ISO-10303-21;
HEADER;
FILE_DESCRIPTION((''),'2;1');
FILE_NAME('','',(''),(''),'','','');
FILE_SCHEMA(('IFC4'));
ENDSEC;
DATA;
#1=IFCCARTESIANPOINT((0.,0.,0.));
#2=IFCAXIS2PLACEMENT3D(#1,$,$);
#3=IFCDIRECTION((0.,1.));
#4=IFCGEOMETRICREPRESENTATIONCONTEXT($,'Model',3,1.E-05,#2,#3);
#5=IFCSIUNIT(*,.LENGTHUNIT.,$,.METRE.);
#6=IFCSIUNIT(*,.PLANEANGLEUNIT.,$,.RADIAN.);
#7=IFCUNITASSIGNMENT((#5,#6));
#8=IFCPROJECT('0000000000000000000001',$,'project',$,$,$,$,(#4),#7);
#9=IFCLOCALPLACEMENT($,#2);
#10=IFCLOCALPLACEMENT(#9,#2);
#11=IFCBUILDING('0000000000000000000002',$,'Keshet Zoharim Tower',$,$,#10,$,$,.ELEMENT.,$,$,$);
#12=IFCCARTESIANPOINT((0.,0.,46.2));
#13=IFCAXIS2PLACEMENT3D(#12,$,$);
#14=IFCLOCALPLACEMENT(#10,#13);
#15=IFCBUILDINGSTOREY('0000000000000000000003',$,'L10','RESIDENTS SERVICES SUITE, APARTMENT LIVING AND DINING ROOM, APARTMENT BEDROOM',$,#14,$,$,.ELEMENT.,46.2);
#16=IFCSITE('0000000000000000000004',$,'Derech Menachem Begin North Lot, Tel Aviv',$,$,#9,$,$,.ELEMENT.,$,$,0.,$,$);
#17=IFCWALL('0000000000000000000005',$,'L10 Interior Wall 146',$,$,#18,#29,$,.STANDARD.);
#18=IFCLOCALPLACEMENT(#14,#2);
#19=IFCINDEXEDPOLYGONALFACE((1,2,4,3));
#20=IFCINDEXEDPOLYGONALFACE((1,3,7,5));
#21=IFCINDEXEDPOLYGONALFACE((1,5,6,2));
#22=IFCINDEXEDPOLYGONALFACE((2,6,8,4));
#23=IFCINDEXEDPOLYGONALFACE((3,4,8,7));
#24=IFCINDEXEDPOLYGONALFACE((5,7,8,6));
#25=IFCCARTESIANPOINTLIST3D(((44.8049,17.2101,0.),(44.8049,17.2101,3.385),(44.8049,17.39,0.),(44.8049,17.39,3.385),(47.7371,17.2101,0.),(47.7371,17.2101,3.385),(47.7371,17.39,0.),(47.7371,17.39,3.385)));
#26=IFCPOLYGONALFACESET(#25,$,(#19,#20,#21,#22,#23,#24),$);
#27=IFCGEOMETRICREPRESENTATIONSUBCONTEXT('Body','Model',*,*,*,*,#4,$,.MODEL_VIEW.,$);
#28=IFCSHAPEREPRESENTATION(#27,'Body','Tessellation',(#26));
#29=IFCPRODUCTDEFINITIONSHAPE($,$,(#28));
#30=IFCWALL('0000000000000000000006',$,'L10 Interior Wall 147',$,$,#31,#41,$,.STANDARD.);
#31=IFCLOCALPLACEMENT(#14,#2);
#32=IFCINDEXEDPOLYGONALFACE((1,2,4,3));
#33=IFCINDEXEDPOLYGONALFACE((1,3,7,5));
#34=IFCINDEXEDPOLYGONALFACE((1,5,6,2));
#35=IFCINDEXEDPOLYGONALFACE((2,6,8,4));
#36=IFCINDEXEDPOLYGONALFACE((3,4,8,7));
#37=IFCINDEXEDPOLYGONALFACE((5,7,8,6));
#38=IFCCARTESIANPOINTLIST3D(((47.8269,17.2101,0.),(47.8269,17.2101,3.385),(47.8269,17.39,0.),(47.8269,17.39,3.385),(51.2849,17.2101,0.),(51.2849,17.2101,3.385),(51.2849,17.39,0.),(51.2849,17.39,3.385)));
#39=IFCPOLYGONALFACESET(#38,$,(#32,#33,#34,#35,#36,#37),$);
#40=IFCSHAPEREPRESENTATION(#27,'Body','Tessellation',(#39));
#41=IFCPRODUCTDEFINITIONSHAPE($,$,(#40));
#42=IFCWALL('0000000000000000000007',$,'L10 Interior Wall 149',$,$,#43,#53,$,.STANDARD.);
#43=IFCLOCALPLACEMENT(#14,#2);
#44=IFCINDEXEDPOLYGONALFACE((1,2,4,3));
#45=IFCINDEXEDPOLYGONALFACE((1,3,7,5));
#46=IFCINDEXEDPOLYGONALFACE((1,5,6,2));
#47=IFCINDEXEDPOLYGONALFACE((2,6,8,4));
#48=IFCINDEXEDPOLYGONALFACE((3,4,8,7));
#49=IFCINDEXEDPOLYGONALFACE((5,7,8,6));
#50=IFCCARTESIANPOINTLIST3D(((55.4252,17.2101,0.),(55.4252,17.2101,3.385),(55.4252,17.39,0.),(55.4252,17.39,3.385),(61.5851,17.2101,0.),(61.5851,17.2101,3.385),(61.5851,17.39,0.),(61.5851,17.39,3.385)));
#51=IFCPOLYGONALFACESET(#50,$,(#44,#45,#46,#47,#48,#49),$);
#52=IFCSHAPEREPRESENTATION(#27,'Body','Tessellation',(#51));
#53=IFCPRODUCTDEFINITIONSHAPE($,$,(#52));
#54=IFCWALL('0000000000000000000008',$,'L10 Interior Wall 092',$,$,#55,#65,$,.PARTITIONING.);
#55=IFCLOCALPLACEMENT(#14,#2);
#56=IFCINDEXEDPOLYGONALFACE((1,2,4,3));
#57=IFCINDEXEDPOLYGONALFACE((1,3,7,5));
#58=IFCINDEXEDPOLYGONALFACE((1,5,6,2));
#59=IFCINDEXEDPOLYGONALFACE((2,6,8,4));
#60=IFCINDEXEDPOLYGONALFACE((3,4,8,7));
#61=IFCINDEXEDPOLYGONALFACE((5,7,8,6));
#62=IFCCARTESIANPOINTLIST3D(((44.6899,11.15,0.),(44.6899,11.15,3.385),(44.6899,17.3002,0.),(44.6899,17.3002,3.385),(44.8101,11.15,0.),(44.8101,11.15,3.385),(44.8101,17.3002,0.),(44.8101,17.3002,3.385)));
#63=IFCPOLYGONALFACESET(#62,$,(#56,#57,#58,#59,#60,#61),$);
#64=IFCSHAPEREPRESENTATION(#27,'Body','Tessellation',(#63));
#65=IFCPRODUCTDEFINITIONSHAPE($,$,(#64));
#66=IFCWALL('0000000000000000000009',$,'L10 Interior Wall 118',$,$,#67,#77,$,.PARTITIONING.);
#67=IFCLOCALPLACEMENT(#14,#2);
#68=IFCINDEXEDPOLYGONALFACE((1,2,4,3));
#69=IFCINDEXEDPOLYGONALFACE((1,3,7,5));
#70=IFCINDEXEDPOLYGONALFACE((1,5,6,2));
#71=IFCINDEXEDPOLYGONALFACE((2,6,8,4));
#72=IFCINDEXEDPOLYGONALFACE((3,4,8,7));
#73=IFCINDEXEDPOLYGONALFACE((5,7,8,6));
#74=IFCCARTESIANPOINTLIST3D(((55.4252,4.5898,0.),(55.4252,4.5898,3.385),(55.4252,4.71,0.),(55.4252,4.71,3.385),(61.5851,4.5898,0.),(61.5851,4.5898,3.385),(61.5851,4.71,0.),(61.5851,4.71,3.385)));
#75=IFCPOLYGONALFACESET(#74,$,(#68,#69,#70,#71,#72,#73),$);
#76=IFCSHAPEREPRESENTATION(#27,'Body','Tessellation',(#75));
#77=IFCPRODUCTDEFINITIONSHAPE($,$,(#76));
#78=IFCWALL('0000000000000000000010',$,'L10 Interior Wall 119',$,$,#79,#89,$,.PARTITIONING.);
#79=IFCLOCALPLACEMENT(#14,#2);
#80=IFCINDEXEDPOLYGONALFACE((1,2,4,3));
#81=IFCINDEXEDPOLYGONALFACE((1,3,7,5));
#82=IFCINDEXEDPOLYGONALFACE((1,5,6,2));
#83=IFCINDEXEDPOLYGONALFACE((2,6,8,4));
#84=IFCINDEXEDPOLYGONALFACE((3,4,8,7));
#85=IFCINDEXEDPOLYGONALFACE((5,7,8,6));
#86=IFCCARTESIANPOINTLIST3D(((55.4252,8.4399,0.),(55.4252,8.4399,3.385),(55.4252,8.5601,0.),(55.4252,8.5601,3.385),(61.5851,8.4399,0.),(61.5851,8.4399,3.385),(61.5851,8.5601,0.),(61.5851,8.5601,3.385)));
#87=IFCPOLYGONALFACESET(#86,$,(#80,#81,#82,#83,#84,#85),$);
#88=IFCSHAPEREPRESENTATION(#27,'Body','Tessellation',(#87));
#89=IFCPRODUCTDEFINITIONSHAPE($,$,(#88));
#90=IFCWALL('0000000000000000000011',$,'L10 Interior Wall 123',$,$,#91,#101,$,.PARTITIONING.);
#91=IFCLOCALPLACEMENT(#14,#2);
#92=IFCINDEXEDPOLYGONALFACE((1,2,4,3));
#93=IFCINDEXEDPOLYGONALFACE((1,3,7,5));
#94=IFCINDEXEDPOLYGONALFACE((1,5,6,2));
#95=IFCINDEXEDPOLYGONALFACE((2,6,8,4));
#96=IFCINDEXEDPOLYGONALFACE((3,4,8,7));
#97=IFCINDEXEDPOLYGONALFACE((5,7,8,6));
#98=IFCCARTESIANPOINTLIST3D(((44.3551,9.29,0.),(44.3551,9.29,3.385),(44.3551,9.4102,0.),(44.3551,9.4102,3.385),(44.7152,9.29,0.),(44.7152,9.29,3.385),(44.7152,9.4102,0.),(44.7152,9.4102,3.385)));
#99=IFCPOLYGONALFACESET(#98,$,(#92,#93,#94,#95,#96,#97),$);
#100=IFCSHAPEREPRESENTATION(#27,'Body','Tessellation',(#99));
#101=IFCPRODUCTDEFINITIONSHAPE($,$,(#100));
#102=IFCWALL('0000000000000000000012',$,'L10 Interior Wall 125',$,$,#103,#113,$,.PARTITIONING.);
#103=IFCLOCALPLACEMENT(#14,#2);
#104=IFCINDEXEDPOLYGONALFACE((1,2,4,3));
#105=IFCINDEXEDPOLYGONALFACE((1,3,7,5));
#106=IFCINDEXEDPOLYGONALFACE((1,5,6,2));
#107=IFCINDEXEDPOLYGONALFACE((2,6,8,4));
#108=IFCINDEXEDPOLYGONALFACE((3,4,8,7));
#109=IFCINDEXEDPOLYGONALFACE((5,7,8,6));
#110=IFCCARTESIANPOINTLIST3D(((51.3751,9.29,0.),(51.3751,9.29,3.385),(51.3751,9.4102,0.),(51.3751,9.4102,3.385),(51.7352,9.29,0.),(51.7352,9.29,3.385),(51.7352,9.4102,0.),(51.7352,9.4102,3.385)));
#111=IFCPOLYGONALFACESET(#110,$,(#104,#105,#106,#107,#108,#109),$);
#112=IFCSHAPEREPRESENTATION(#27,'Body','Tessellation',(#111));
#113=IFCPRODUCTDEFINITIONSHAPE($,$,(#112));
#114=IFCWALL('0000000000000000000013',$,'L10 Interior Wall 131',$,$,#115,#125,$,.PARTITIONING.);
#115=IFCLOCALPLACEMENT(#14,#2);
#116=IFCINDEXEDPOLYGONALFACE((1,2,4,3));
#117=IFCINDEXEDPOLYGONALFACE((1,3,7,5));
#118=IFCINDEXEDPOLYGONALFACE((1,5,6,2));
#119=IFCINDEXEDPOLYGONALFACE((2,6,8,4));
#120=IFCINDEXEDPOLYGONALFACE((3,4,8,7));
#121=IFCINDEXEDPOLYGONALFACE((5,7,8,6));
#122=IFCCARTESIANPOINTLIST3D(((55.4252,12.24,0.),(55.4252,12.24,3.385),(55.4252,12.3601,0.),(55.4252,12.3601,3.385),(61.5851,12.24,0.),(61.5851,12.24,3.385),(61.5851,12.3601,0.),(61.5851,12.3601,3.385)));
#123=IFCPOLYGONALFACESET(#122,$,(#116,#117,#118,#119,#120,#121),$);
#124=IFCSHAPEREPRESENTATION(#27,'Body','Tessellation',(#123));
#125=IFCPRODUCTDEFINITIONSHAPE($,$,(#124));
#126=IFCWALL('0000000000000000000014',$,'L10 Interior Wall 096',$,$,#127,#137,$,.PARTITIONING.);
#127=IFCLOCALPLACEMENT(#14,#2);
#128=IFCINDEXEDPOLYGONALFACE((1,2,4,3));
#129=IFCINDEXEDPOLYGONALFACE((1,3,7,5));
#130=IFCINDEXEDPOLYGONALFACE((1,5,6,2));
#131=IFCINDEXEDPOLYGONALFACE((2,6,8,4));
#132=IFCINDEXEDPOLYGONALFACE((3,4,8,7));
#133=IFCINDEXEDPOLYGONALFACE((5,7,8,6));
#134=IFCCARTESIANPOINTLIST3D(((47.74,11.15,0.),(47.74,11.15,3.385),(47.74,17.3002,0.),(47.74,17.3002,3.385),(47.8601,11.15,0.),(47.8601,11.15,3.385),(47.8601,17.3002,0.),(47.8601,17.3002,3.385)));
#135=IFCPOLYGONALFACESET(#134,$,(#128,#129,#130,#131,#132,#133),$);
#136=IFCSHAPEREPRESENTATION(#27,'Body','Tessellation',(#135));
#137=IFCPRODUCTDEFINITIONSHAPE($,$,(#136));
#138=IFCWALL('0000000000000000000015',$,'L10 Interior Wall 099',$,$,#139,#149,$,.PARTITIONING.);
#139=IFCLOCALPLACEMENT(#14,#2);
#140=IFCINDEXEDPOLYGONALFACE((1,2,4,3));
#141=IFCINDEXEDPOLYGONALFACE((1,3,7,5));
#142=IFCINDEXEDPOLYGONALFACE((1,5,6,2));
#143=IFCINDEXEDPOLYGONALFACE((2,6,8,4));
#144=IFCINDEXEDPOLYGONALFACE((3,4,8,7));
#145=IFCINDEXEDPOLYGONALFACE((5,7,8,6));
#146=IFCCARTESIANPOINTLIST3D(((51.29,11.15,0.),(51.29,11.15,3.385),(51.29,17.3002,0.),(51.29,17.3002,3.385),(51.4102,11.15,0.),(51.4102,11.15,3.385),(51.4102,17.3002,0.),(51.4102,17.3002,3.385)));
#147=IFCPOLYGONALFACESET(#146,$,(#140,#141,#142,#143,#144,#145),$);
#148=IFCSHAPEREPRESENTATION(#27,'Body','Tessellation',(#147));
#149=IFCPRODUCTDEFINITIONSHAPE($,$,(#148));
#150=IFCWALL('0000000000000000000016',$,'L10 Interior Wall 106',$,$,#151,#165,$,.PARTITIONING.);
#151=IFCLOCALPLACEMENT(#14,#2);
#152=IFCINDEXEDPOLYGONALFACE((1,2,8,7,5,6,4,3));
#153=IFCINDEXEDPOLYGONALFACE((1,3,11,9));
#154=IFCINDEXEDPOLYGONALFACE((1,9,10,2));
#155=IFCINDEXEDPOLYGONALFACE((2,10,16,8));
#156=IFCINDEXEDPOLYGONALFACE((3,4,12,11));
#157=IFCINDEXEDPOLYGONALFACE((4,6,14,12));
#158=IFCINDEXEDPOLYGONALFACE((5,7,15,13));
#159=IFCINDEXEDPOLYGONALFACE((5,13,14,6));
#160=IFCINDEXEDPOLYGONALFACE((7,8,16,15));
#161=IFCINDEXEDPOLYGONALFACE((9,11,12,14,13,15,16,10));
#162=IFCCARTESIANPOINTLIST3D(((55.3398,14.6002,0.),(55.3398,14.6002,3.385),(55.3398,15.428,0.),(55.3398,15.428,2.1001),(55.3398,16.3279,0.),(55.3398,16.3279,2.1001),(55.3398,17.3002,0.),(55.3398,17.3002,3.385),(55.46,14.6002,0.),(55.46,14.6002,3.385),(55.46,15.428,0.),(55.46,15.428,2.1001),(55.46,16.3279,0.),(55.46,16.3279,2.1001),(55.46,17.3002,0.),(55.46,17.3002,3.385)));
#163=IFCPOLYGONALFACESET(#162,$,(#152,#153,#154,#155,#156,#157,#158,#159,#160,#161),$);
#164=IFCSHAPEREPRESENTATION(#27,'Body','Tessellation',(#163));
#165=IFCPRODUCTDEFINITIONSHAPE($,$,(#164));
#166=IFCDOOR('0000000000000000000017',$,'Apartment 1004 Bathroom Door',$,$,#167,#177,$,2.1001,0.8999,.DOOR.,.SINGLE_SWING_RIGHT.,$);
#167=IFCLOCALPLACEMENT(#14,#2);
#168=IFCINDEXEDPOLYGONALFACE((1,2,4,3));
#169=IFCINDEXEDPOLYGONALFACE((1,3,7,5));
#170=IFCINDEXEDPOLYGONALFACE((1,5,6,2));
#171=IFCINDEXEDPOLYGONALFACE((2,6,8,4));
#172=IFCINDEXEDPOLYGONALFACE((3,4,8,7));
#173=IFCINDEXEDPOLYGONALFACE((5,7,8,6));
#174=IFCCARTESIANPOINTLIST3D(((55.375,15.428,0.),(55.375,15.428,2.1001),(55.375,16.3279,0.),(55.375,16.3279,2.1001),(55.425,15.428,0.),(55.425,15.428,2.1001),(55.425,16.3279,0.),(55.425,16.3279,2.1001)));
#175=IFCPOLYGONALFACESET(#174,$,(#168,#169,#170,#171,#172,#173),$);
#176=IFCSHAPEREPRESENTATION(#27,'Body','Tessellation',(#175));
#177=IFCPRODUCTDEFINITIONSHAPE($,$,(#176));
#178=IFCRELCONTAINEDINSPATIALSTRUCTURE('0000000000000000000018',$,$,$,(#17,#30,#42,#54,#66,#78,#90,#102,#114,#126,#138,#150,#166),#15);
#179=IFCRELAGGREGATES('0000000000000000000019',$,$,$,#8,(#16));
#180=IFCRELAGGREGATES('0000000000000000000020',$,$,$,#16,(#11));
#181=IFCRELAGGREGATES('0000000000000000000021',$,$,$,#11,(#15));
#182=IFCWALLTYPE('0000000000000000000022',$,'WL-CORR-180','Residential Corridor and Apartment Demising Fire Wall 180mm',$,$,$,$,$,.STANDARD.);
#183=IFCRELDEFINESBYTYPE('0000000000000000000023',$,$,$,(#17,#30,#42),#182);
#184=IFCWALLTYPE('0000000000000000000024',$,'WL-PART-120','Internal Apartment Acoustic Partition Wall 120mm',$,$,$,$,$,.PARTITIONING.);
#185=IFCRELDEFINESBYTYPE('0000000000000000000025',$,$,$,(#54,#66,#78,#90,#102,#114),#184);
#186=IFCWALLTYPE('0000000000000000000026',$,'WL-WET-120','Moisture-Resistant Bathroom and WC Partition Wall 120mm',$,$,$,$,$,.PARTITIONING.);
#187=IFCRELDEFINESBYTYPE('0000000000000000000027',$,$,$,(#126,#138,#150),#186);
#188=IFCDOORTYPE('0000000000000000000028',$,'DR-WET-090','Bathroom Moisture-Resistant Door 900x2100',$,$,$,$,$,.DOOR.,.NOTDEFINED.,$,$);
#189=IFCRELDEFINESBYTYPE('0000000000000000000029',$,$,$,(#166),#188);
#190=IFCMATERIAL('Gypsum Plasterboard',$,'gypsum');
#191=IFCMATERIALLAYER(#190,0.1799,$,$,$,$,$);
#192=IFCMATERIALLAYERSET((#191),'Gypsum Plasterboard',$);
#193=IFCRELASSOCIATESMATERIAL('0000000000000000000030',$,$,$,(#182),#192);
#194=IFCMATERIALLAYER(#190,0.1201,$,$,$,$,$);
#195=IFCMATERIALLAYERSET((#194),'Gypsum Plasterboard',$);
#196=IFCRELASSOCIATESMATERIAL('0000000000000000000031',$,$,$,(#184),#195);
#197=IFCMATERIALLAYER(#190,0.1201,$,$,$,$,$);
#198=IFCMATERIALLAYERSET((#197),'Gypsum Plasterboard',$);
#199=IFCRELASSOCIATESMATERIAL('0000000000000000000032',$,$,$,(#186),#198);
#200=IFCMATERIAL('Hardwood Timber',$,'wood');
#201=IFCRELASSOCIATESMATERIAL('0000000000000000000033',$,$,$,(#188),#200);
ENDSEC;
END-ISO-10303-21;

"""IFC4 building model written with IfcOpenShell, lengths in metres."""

from ifc_helpers import new_model, si_unit, direction, frame, frame_2d, origin, place, context, subcontext, project, spatial, rectangle, extrude, material, layer, layer_set, type_object, element, fill, save


model = new_model("IFC4")

# Units and contexts
model_context = context("Model", 3, precision=1e-05, world=origin(), true_north=direction((0.0, 1.0)))
body_context = subcontext(model_context, "Body", "Model", "MODEL_VIEW")
ifc_project = project(units=[si_unit("LENGTHUNIT", "METRE"), si_unit("PLANEANGLEUNIT", "RADIAN")], contexts=[model_context])

# Site, building, storey
site_placement = place(None, origin())
site = spatial("IfcSite", under=ifc_project, at=site_placement, Name="Derech Menachem Begin North Lot, Tel Aviv", CompositionType="ELEMENT", RefElevation=0.0)
building_placement = place(site_placement, origin())
building = spatial("IfcBuilding", under=site, at=building_placement, Name="Keshet Zoharim Tower", CompositionType="ELEMENT")
storey_placement = place(building_placement, frame((0.0, 0.0, 46.2)))
storey = spatial("IfcBuildingStorey", under=building, at=storey_placement, Name="L10", Description="RESIDENTS SERVICES SUITE, APARTMENT LIVING AND DINING ROOM, APARTMENT BEDROOM", CompositionType="ELEMENT", Elevation=46.2)

# Walls
ifc_material_1 = material(Name="Gypsum Plasterboard", Category="gypsum")
ifc_layer_1 = layer(ifc_material_1, 0.1799)
ifc_layer_set_1 = layer_set([ifc_layer_1], Name="Gypsum Plasterboard")
wall_type_1 = type_object("IfcWallType", Name="WL-CORR-180", Description="Residential Corridor and Apartment Demising Fire Wall 180mm", PredefinedType="STANDARD", material=ifc_layer_set_1)
wall_1_placement = place(storey_placement, frame((44.8049, 17.3, 0.0), z_axis=(0.0, 0.0, 1.0), x_axis=(1.0, 0.0, 0.0)))
element("IfcWall", 1, at=wall_1_placement, inside=storey, type_object=wall_type_1, Name="L10 Interior Wall 146", PredefinedType="STANDARD", context=body_context, shape_type="SweptSolid", body=[
    extrude(rectangle(XDim=2.9321, YDim=0.1799, at=frame_2d((1.4661, 0.0))), origin(), (0.0, 0.0, 1.0), 3.385),
])
wall_2_placement = place(storey_placement, frame((47.8269, 17.3, 0.0), z_axis=(0.0, 0.0, 1.0), x_axis=(1.0, 0.0, 0.0)))
element("IfcWall", 2, at=wall_2_placement, inside=storey, type_object=wall_type_1, Name="L10 Interior Wall 147", PredefinedType="STANDARD", context=body_context, shape_type="SweptSolid", body=[
    extrude(rectangle(XDim=3.458, YDim=0.1799, at=frame_2d((1.729, 0.0))), origin(), (0.0, 0.0, 1.0), 3.385),
])

# Shared definitions
ifc_material_2 = material(Name="Hardwood Timber", Category="wood")

# Walls
wall_3_placement = place(storey_placement, frame((55.425, 17.3, 0.0), z_axis=(0.0, 0.0, 1.0), x_axis=(1.0, 0.0, 0.0)))
element("IfcWall", 3, at=wall_3_placement, inside=storey, type_object=wall_type_1, Name="L10 Interior Wall 149", PredefinedType="STANDARD", context=body_context, shape_type="SweptSolid", body=[
    extrude(rectangle(XDim=6.1599, YDim=0.1799, at=frame_2d((3.0801, 0.0))), origin(), (0.0, 0.0, 1.0), 3.385),
])
ifc_layer_2 = layer(ifc_material_1, 0.1201)
ifc_layer_set_2 = layer_set([ifc_layer_2], Name="Gypsum Plasterboard")
wall_type_2 = type_object("IfcWallType", Name="WL-PART-120", Description="Internal Apartment Acoustic Partition Wall 120mm", PredefinedType="PARTITIONING", material=ifc_layer_set_2)
wall_4_placement = place(storey_placement, frame((44.75, 11.1499, 0.0), z_axis=(0.0, 0.0, 1.0), x_axis=(0.0, 1.0, 0.0)))
element("IfcWall", 4, at=wall_4_placement, inside=storey, type_object=wall_type_2, Name="L10 Interior Wall 092", PredefinedType="PARTITIONING", context=body_context, shape_type="SweptSolid", body=[
    extrude(rectangle(XDim=6.1501, YDim=0.1201, at=frame_2d((3.0752, 0.0))), origin(), (0.0, 0.0, 1.0), 3.385),
])

# Walls
for number, where, z_axis, x_axis, name in (
    (5, (55.425, 4.6499, 0.0), (0.0, 0.0, 1.0), (1.0, 0.0, 0.0), "L10 Interior Wall 118"),
    (6, (55.425, 8.5, 0.0), (0.0, 0.0, 1.0), (1.0, 0.0, 0.0), "L10 Interior Wall 119"),
):
    element("IfcWall", number, at=place(storey_placement, frame(where, z_axis=z_axis, x_axis=x_axis)), inside=storey, type_object=wall_type_2, Name=name, PredefinedType="PARTITIONING", context=body_context, shape_type="SweptSolid", body=[
        extrude(rectangle(XDim=6.1599, YDim=0.1201, at=frame_2d((3.0801, 0.0))), origin(), (0.0, 0.0, 1.0), 3.385),
    ])
wall_5_placement = place(storey_placement, frame((44.355, 9.3501, 0.0), z_axis=(0.0, 0.0, 1.0), x_axis=(1.0, 0.0, 0.0)))
element("IfcWall", 7, at=wall_5_placement, inside=storey, type_object=wall_type_2, Name="L10 Interior Wall 123", PredefinedType="PARTITIONING", context=body_context, shape_type="SweptSolid", body=[
    extrude(rectangle(XDim=0.3601, YDim=0.1201, at=frame_2d((0.1802, 0.0))), origin(), (0.0, 0.0, 1.0), 3.385),
])

# Wall
wall_6_placement = place(storey_placement, frame((51.375, 9.3501, 0.0), z_axis=(0.0, 0.0, 1.0), x_axis=(1.0, 0.0, 0.0)))
element("IfcWall", 8, at=wall_6_placement, inside=storey, type_object=wall_type_2, Name="L10 Interior Wall 125", PredefinedType="PARTITIONING", context=body_context, shape_type="SweptSolid", body=[
    extrude(rectangle(XDim=0.3601, YDim=0.1201, at=frame_2d((0.1802, 0.0))), origin(), (0.0, 0.0, 1.0), 3.385),
])

# Walls
wall_7_placement = place(storey_placement, frame((55.425, 12.3, 0.0), z_axis=(0.0, 0.0, 1.0), x_axis=(1.0, 0.0, 0.0)))
element("IfcWall", 9, at=wall_7_placement, inside=storey, type_object=wall_type_2, Name="L10 Interior Wall 131", PredefinedType="PARTITIONING", context=body_context, shape_type="SweptSolid", body=[
    extrude(rectangle(XDim=6.1599, YDim=0.1201, at=frame_2d((3.0801, 0.0))), origin(), (0.0, 0.0, 1.0), 3.385),
])
ifc_layer_3 = layer(ifc_material_1, 0.1201)
ifc_layer_set_3 = layer_set([ifc_layer_3], Name="Gypsum Plasterboard")
wall_type_3 = type_object("IfcWallType", Name="WL-WET-120", Description="Moisture-Resistant Bathroom and WC Partition Wall 120mm", PredefinedType="PARTITIONING", material=ifc_layer_set_3)
for number, where, z_axis, x_axis, name in (
    (10, (47.8, 11.1499, 0.0), (0.0, 0.0, 1.0), (0.0, 1.0, 0.0), "L10 Interior Wall 096"),
    (11, (51.3501, 11.1499, 0.0), (0.0, 0.0, 1.0), (0.0, 1.0, 0.0), "L10 Interior Wall 099"),
):
    element("IfcWall", number, at=place(storey_placement, frame(where, z_axis=z_axis, x_axis=x_axis)), inside=storey, type_object=wall_type_3, Name=name, PredefinedType="PARTITIONING", context=body_context, shape_type="SweptSolid", body=[
        extrude(rectangle(XDim=6.1501, YDim=0.1201, at=frame_2d((3.0752, 0.0))), origin(), (0.0, 0.0, 1.0), 3.385),
    ])

# Wall, opening, door
wall_8_placement = place(storey_placement, frame((55.3999, 14.6001, 0.0), z_axis=(0.0, 0.0, 1.0), x_axis=(0.0, 1.0, 0.0)))
wall_8 = element("IfcWall", 12, at=wall_8_placement, inside=storey, type_object=wall_type_3, Name="L10 Interior Wall 106", PredefinedType="PARTITIONING", context=body_context, shape_type="SweptSolid", body=[
    extrude(rectangle(XDim=2.7, YDim=0.1201, at=frame_2d((1.3501, 0.0))), origin(), (0.0, 0.0, 1.0), 3.385),
])
opening_1_placement = place(wall_8_placement, frame((0.8279, 0.0, 0.0)))
opening_1 = element("IfcOpeningElement", 13, at=opening_1_placement, cuts=wall_8, PredefinedType="OPENING", context=body_context, shape_type="SweptSolid", body=[
    extrude(rectangle(XDim=0.8999, YDim=2.1001, at=frame_2d((0.45, 1.05))), frame((0.0, 0.0701, 0.0), z_axis=(0.0, -1.0, 0.0), x_axis=(1.0, 0.0, 0.0)), (0.0, 0.0, 1.0), 0.1401),
])
door_type_1 = type_object("IfcDoorType", Name="DR-WET-090", Description="Bathroom Moisture-Resistant Door 900x2100", OperationType="NOTDEFINED", PredefinedType="DOOR", material=ifc_material_2)
door_1_placement = place(opening_1_placement, origin())
door_1 = element("IfcDoor", 14, at=door_1_placement, inside=storey, type_object=door_type_1, Name="Apartment 1004 Bathroom Door", OperationType="SINGLE_SWING_RIGHT", OverallHeight=2.1001, OverallWidth=0.8999, PredefinedType="DOOR", context=body_context, shape_type="SweptSolid", body=[
    extrude(rectangle(XDim=0.8999, YDim=2.1001, at=frame_2d((0.45, 1.05))), frame((0.0, 0.0249, 0.0), z_axis=(0.0, -1.0, 0.0), x_axis=(1.0, 0.0, 0.0)), (0.0, 0.0, 1.0), 0.05),
])
fill(opening_1, door_1)

save(model, "model.ifc")
